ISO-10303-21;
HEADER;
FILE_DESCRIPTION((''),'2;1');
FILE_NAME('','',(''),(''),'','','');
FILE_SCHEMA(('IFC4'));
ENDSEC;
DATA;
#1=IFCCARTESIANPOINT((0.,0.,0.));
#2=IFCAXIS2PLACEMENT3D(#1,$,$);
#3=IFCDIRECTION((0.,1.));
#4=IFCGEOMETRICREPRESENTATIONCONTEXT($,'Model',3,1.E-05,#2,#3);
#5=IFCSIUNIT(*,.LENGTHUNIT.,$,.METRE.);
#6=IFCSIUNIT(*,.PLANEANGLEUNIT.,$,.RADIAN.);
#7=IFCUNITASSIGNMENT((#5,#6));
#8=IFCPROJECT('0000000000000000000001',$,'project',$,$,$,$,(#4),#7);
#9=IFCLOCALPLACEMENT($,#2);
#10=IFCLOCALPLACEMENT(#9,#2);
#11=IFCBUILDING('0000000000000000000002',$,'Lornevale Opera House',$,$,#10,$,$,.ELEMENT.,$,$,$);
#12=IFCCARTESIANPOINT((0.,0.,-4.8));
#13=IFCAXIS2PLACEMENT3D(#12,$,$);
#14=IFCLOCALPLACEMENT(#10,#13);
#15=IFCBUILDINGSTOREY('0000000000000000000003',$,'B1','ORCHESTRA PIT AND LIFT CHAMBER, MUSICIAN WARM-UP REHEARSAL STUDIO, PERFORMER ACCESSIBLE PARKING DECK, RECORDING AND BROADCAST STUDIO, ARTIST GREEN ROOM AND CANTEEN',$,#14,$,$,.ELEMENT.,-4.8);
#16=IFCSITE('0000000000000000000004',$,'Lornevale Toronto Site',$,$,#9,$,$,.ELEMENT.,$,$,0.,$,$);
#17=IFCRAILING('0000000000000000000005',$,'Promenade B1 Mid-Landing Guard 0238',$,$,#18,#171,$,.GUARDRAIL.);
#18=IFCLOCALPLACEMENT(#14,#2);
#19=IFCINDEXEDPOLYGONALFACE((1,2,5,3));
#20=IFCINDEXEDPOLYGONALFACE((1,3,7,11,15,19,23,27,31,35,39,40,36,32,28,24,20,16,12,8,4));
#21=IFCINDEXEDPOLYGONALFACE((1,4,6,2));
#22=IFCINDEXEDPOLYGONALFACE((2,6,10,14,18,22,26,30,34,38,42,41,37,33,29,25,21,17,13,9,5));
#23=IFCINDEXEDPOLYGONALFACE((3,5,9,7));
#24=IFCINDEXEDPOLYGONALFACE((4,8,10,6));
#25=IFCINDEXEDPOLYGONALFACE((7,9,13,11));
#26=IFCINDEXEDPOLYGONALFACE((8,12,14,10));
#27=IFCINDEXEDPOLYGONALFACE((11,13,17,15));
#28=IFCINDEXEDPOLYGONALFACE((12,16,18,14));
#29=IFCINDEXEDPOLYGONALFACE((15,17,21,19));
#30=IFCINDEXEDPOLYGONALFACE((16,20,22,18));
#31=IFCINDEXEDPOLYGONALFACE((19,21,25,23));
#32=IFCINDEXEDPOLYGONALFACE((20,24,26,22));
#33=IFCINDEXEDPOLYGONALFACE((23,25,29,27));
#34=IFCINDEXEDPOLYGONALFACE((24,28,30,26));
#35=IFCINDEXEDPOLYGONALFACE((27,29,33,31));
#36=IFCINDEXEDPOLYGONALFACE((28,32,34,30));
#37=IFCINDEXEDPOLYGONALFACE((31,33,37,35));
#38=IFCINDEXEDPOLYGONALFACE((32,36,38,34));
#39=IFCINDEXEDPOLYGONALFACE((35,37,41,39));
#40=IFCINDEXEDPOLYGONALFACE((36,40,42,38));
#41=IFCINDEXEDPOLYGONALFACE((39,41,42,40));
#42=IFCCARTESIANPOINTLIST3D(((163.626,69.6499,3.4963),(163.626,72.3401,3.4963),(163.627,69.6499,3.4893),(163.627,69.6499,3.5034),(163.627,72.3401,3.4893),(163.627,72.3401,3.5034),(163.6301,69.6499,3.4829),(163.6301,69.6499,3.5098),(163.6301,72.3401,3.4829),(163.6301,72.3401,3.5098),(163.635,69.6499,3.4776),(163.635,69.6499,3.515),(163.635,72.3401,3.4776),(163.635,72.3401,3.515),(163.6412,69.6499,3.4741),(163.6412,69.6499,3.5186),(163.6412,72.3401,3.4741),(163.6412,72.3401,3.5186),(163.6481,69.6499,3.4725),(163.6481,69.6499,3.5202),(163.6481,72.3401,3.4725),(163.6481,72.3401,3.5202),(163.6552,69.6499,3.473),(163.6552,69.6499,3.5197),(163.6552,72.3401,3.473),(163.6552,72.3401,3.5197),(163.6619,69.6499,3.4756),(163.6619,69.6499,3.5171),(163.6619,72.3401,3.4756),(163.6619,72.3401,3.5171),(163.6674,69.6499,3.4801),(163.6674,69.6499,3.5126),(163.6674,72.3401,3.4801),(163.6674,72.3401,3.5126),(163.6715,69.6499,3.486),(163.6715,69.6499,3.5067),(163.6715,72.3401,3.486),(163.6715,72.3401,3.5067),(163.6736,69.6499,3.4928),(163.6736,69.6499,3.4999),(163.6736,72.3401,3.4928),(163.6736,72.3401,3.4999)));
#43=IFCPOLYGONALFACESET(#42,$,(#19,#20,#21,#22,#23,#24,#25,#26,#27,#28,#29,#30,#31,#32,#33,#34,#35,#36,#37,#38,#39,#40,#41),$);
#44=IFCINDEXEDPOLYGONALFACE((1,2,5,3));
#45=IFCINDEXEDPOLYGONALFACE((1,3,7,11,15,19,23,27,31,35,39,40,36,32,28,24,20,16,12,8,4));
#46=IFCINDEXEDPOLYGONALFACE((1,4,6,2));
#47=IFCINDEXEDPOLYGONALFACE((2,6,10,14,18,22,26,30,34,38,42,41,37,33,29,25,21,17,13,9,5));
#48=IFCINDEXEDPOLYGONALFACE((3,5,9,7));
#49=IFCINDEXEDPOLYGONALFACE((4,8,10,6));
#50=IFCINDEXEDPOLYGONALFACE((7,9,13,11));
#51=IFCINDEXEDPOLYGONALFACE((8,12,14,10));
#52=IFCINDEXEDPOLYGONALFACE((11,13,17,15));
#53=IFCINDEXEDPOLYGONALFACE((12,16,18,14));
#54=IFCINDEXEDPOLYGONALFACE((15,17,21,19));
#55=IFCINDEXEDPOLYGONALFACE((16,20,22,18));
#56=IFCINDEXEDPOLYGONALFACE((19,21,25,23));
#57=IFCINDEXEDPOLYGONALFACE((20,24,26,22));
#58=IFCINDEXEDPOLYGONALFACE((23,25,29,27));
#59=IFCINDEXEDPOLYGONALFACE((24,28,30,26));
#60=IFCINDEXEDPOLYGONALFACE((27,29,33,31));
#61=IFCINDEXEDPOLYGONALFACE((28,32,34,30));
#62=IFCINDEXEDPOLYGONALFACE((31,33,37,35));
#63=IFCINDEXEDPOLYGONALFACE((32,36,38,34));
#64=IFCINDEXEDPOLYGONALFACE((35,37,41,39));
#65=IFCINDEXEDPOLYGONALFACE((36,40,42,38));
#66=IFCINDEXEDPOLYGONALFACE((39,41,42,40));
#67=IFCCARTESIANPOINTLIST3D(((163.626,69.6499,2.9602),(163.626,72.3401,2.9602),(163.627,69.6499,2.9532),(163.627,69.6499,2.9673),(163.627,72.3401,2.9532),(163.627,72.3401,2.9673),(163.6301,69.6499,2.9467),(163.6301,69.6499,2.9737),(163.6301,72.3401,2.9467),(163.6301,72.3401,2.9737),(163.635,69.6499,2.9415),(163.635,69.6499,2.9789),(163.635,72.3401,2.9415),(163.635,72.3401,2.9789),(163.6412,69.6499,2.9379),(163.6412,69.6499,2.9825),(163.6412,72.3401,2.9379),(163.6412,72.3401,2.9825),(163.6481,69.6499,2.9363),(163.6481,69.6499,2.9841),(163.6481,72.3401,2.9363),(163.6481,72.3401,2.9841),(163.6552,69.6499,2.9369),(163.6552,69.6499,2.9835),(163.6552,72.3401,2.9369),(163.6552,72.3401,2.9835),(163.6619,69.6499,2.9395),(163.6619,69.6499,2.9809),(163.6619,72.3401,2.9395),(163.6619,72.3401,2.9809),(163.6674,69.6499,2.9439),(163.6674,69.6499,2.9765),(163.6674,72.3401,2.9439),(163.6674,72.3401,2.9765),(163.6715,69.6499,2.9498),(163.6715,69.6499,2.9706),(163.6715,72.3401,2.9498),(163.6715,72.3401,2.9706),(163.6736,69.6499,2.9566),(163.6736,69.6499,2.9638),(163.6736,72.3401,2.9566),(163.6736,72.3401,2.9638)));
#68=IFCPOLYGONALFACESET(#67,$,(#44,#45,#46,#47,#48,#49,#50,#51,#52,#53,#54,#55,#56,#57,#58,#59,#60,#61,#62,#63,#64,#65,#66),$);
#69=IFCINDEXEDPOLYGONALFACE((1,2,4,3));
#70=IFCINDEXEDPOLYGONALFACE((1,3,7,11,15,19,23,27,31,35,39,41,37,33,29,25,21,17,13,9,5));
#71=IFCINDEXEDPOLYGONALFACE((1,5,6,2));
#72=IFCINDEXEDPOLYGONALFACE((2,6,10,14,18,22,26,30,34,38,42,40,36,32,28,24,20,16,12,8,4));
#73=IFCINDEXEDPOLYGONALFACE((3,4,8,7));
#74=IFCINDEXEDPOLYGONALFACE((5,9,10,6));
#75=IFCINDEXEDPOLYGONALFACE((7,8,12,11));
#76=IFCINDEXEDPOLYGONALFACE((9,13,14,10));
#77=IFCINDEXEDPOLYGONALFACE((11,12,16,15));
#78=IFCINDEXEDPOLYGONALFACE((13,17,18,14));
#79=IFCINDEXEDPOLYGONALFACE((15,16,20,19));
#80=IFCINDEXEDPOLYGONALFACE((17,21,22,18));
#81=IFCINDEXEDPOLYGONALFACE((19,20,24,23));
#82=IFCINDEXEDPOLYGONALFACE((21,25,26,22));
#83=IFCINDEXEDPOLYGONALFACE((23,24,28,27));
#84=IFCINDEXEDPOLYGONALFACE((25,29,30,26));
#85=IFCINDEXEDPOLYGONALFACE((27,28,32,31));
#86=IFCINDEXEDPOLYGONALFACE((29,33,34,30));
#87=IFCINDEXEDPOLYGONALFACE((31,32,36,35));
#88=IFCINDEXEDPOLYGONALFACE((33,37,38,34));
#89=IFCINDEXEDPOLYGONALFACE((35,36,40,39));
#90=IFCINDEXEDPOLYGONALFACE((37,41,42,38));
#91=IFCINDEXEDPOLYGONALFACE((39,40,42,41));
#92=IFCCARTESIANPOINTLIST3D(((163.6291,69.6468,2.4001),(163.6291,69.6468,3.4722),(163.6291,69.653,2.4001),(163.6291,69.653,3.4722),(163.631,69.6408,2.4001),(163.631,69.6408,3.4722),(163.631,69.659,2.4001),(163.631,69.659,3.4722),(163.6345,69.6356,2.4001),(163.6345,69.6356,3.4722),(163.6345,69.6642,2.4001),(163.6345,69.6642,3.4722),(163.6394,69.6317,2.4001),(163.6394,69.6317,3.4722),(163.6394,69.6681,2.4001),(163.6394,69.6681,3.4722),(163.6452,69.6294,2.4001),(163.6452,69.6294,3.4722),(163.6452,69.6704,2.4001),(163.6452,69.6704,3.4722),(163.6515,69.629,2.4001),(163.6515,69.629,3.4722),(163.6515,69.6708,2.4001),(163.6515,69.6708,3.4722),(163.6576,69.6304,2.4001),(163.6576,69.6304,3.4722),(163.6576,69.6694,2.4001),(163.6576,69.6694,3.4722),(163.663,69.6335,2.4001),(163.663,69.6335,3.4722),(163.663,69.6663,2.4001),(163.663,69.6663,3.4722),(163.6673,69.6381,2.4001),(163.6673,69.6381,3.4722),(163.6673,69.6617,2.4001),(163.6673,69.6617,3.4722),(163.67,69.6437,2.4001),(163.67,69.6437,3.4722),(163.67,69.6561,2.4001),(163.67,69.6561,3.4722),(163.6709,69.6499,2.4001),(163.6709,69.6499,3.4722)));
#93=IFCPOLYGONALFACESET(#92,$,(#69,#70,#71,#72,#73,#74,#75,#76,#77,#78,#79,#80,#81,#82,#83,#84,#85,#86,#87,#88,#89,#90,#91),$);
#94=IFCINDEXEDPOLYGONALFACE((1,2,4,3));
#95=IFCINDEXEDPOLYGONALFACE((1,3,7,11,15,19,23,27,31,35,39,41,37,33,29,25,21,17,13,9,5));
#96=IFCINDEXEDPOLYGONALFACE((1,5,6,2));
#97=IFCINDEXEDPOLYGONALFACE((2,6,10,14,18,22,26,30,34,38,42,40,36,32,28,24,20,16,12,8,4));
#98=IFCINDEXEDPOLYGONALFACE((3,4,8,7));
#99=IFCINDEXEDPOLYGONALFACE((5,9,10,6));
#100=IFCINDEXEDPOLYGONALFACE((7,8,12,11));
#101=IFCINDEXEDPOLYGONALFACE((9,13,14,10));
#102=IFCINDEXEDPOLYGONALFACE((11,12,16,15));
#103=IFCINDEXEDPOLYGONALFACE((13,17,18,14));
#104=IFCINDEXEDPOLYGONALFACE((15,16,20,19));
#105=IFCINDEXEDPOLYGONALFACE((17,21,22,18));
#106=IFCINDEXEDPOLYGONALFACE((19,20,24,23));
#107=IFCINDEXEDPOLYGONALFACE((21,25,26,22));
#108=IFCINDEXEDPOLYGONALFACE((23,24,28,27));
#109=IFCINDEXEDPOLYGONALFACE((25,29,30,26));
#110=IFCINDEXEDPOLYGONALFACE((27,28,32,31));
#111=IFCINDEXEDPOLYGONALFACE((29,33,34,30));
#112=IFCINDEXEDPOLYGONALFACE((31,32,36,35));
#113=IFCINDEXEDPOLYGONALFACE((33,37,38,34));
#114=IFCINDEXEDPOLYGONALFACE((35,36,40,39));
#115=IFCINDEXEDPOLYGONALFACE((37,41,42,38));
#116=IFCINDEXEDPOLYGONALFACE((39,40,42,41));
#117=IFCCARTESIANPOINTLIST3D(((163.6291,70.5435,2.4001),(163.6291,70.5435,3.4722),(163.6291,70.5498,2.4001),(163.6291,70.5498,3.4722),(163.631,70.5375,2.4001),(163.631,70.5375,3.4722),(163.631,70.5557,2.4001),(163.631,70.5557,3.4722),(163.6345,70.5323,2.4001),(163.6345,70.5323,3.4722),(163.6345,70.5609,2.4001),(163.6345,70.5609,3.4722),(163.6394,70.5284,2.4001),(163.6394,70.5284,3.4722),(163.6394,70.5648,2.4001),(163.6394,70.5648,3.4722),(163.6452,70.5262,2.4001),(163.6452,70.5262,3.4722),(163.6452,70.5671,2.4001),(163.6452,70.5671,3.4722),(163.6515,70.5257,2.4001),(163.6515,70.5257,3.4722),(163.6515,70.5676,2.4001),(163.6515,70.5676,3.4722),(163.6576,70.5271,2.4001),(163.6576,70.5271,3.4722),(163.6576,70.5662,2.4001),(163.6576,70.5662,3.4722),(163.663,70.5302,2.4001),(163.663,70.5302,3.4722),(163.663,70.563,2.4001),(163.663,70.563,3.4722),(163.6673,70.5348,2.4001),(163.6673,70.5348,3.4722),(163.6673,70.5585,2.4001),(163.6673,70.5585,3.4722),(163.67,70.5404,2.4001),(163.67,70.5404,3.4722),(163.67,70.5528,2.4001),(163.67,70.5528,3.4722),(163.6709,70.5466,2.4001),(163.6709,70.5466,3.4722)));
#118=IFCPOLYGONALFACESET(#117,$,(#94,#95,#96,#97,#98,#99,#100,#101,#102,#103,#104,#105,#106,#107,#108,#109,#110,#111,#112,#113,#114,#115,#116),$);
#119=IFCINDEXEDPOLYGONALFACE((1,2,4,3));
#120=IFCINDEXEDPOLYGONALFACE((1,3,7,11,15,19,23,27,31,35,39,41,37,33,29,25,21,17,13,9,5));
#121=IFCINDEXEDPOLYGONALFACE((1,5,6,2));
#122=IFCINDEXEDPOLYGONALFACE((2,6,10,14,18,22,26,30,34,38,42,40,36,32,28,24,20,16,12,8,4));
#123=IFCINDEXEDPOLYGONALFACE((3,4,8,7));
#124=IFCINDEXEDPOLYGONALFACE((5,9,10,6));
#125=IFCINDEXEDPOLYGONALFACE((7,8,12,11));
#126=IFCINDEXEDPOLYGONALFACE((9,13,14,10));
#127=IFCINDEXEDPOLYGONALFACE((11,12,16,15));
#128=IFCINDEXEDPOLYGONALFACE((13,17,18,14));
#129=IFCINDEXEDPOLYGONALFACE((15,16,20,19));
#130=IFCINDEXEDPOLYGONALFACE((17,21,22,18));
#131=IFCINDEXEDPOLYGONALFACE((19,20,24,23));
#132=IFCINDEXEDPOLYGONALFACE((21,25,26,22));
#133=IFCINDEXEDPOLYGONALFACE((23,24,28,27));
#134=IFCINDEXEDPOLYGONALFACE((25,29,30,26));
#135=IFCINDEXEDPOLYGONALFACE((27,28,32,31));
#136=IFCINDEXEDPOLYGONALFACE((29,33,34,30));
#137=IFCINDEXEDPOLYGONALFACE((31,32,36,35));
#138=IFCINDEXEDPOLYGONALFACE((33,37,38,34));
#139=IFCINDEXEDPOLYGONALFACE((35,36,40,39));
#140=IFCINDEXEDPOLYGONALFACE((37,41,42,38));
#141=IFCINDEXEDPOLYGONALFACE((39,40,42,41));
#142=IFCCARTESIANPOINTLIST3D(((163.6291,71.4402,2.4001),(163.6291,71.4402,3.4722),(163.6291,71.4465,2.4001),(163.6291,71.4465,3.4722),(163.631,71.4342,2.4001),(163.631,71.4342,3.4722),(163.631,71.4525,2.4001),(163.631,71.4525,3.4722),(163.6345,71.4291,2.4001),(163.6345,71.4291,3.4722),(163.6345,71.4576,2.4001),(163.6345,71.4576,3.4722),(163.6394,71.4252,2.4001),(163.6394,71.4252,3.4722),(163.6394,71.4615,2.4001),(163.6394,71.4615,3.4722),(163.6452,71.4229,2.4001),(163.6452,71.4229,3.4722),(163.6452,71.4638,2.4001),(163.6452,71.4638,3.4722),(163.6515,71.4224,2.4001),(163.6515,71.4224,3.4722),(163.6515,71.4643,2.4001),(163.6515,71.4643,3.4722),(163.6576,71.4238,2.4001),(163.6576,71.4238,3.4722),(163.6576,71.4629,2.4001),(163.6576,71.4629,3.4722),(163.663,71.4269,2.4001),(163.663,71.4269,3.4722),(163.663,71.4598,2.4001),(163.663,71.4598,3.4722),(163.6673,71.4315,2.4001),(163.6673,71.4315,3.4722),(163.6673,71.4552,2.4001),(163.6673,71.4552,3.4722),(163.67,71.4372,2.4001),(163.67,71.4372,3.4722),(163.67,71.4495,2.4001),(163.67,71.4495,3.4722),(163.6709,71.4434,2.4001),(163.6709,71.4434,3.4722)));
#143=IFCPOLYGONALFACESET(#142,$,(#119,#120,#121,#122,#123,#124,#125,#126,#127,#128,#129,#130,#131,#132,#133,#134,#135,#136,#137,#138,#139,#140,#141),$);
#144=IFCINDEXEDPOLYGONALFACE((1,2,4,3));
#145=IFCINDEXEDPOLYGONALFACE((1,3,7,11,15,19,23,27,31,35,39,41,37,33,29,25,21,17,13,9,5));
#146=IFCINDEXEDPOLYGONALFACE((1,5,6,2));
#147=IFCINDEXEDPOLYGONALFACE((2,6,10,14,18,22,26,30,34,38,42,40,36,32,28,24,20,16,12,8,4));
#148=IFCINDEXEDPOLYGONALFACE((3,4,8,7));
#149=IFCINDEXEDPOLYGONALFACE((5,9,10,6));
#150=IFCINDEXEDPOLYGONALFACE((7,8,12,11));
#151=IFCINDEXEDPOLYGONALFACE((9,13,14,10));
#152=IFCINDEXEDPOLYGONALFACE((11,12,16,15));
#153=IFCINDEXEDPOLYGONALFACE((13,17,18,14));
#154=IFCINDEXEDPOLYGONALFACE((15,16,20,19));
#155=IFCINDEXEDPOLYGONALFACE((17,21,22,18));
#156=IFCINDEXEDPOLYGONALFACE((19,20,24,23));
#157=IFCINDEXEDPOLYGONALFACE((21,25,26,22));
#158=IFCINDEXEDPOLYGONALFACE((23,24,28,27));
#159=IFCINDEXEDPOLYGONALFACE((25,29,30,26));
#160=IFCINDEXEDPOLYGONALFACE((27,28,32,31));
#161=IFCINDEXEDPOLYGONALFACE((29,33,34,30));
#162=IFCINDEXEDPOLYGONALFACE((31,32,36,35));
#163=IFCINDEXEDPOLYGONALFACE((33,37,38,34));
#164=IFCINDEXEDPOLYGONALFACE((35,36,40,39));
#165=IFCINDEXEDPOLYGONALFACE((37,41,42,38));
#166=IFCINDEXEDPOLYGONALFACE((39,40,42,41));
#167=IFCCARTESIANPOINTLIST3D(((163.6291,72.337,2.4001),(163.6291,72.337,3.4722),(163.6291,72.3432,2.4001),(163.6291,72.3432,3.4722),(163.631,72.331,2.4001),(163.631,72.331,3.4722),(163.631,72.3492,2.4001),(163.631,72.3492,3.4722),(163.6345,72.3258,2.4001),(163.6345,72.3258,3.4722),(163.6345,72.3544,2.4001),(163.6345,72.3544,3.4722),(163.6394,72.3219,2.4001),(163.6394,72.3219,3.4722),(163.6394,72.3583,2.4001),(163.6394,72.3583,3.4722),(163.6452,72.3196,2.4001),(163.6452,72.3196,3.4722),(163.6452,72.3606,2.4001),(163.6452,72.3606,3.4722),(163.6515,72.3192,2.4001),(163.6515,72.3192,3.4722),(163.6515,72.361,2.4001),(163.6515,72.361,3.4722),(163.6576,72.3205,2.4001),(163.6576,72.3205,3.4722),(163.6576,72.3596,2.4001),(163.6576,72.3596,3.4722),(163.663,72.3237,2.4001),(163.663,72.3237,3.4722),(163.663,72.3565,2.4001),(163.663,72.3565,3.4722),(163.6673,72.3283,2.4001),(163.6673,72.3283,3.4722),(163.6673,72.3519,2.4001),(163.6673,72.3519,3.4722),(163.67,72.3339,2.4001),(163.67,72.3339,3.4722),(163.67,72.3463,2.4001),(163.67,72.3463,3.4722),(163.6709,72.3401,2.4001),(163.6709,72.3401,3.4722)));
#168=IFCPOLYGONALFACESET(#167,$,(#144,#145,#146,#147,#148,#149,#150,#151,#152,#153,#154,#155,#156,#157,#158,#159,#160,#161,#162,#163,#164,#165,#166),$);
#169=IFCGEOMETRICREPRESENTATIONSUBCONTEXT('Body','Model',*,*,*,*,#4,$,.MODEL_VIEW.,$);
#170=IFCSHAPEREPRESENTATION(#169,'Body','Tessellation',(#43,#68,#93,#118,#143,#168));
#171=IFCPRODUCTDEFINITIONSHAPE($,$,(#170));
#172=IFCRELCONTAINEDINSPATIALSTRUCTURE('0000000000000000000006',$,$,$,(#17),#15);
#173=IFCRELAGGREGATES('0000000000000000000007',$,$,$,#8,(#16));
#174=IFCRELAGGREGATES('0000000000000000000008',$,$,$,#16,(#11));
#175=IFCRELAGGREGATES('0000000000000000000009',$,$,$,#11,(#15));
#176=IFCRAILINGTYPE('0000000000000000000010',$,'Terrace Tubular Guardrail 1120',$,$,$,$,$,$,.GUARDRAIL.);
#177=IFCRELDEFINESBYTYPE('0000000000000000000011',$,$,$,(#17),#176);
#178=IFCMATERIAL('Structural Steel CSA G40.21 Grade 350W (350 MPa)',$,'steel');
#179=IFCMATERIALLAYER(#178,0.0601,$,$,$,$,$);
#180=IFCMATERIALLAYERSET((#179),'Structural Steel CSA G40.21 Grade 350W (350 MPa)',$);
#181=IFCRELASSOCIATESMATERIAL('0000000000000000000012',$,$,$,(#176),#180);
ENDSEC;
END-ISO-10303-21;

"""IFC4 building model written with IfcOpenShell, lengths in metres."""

from ifc_helpers import new_model, si_unit, direction, frame, origin, origin_2d, place, context, subcontext, project, spatial, circle, extrude, material, layer, layer_set, type_object, element, save


model = new_model("IFC4")

# Units and contexts
model_context = context("Model", 3, precision=1e-05, world=origin(), true_north=direction((0.0, 1.0)))
body_context = subcontext(model_context, "Body", "Model", "MODEL_VIEW")
ifc_project = project(units=[si_unit("LENGTHUNIT", "METRE"), si_unit("PLANEANGLEUNIT", "RADIAN")], contexts=[model_context])

# Site, building, storey
site_placement = place(None, origin())
site = spatial("IfcSite", under=ifc_project, at=site_placement, Name="Lornevale Toronto Site", CompositionType="ELEMENT", RefElevation=0.0)
building_placement = place(site_placement, origin())
building = spatial("IfcBuilding", under=site, at=building_placement, Name="Lornevale Opera House", CompositionType="ELEMENT")
storey_placement = place(building_placement, frame((0.0, 0.0, -4.8)))
storey = spatial("IfcBuildingStorey", under=building, at=storey_placement, Name="B1", Description="ORCHESTRA PIT AND LIFT CHAMBER, MUSICIAN WARM-UP REHEARSAL STUDIO, PERFORMER ACCESSIBLE PARKING DECK, RECORDING AND BROADCAST STUDIO, ARTIST GREEN ROOM AND CANTEEN", CompositionType="ELEMENT", Elevation=-4.8)

# Shared definitions
ifc_material_1 = material(Name="Structural Steel CSA G40.21 Grade 350W (350 MPa)", Category="steel")

# Railing
ifc_layer_1 = layer(ifc_material_1, 0.0601)
ifc_layer_set_1 = layer_set([ifc_layer_1], Name="Structural Steel CSA G40.21 Grade 350W (350 MPa)")
railing_type = type_object("IfcRailingType", Name="Terrace Tubular Guardrail 1120", PredefinedType="GUARDRAIL", material=ifc_layer_set_1)
for number, where, name in (
    (1, (163.6499, 69.6499, 2.4001), "Promenade B1 Mid-Landing Guard 0238"),
):
    element("IfcRailing", number, at=place(storey_placement, frame(where)), inside=storey, type_object=railing_type, Name=name, PredefinedType="GUARDRAIL", context=body_context, shape_type="SweptSolid", body=[
        extrude(circle(Radius=0.0239, at=origin_2d()), frame((0.0, 0.0, 1.0962), z_axis=(0.0, 1.0, 0.0), x_axis=(-1.0, 0.0, 0.0)), (0.0, 0.0, 1.0), 2.6902),
        extrude(circle(Radius=0.0239, at=origin_2d()), frame((0.0, 0.0, 0.5601), z_axis=(0.0, 1.0, 0.0), x_axis=(-1.0, 0.0, 0.0)), (0.0, 0.0, 1.0), 2.6902),
        extrude(circle(Radius=0.021, at=origin_2d()), origin(), (0.0, 0.0, 1.0), 1.072),
        extrude(circle(Radius=0.021, at=origin_2d()), frame((0.0, 0.8967, 0.0)), (0.0, 0.0, 1.0), 1.072),
        extrude(circle(Radius=0.021, at=origin_2d()), frame((0.0, 1.7935, 0.0)), (0.0, 0.0, 1.0), 1.072),
        extrude(circle(Radius=0.021, at=origin_2d()), frame((0.0, 2.6902, 0.0)), (0.0, 0.0, 1.0), 1.072),
    ])

save(model, "model.ifc")
